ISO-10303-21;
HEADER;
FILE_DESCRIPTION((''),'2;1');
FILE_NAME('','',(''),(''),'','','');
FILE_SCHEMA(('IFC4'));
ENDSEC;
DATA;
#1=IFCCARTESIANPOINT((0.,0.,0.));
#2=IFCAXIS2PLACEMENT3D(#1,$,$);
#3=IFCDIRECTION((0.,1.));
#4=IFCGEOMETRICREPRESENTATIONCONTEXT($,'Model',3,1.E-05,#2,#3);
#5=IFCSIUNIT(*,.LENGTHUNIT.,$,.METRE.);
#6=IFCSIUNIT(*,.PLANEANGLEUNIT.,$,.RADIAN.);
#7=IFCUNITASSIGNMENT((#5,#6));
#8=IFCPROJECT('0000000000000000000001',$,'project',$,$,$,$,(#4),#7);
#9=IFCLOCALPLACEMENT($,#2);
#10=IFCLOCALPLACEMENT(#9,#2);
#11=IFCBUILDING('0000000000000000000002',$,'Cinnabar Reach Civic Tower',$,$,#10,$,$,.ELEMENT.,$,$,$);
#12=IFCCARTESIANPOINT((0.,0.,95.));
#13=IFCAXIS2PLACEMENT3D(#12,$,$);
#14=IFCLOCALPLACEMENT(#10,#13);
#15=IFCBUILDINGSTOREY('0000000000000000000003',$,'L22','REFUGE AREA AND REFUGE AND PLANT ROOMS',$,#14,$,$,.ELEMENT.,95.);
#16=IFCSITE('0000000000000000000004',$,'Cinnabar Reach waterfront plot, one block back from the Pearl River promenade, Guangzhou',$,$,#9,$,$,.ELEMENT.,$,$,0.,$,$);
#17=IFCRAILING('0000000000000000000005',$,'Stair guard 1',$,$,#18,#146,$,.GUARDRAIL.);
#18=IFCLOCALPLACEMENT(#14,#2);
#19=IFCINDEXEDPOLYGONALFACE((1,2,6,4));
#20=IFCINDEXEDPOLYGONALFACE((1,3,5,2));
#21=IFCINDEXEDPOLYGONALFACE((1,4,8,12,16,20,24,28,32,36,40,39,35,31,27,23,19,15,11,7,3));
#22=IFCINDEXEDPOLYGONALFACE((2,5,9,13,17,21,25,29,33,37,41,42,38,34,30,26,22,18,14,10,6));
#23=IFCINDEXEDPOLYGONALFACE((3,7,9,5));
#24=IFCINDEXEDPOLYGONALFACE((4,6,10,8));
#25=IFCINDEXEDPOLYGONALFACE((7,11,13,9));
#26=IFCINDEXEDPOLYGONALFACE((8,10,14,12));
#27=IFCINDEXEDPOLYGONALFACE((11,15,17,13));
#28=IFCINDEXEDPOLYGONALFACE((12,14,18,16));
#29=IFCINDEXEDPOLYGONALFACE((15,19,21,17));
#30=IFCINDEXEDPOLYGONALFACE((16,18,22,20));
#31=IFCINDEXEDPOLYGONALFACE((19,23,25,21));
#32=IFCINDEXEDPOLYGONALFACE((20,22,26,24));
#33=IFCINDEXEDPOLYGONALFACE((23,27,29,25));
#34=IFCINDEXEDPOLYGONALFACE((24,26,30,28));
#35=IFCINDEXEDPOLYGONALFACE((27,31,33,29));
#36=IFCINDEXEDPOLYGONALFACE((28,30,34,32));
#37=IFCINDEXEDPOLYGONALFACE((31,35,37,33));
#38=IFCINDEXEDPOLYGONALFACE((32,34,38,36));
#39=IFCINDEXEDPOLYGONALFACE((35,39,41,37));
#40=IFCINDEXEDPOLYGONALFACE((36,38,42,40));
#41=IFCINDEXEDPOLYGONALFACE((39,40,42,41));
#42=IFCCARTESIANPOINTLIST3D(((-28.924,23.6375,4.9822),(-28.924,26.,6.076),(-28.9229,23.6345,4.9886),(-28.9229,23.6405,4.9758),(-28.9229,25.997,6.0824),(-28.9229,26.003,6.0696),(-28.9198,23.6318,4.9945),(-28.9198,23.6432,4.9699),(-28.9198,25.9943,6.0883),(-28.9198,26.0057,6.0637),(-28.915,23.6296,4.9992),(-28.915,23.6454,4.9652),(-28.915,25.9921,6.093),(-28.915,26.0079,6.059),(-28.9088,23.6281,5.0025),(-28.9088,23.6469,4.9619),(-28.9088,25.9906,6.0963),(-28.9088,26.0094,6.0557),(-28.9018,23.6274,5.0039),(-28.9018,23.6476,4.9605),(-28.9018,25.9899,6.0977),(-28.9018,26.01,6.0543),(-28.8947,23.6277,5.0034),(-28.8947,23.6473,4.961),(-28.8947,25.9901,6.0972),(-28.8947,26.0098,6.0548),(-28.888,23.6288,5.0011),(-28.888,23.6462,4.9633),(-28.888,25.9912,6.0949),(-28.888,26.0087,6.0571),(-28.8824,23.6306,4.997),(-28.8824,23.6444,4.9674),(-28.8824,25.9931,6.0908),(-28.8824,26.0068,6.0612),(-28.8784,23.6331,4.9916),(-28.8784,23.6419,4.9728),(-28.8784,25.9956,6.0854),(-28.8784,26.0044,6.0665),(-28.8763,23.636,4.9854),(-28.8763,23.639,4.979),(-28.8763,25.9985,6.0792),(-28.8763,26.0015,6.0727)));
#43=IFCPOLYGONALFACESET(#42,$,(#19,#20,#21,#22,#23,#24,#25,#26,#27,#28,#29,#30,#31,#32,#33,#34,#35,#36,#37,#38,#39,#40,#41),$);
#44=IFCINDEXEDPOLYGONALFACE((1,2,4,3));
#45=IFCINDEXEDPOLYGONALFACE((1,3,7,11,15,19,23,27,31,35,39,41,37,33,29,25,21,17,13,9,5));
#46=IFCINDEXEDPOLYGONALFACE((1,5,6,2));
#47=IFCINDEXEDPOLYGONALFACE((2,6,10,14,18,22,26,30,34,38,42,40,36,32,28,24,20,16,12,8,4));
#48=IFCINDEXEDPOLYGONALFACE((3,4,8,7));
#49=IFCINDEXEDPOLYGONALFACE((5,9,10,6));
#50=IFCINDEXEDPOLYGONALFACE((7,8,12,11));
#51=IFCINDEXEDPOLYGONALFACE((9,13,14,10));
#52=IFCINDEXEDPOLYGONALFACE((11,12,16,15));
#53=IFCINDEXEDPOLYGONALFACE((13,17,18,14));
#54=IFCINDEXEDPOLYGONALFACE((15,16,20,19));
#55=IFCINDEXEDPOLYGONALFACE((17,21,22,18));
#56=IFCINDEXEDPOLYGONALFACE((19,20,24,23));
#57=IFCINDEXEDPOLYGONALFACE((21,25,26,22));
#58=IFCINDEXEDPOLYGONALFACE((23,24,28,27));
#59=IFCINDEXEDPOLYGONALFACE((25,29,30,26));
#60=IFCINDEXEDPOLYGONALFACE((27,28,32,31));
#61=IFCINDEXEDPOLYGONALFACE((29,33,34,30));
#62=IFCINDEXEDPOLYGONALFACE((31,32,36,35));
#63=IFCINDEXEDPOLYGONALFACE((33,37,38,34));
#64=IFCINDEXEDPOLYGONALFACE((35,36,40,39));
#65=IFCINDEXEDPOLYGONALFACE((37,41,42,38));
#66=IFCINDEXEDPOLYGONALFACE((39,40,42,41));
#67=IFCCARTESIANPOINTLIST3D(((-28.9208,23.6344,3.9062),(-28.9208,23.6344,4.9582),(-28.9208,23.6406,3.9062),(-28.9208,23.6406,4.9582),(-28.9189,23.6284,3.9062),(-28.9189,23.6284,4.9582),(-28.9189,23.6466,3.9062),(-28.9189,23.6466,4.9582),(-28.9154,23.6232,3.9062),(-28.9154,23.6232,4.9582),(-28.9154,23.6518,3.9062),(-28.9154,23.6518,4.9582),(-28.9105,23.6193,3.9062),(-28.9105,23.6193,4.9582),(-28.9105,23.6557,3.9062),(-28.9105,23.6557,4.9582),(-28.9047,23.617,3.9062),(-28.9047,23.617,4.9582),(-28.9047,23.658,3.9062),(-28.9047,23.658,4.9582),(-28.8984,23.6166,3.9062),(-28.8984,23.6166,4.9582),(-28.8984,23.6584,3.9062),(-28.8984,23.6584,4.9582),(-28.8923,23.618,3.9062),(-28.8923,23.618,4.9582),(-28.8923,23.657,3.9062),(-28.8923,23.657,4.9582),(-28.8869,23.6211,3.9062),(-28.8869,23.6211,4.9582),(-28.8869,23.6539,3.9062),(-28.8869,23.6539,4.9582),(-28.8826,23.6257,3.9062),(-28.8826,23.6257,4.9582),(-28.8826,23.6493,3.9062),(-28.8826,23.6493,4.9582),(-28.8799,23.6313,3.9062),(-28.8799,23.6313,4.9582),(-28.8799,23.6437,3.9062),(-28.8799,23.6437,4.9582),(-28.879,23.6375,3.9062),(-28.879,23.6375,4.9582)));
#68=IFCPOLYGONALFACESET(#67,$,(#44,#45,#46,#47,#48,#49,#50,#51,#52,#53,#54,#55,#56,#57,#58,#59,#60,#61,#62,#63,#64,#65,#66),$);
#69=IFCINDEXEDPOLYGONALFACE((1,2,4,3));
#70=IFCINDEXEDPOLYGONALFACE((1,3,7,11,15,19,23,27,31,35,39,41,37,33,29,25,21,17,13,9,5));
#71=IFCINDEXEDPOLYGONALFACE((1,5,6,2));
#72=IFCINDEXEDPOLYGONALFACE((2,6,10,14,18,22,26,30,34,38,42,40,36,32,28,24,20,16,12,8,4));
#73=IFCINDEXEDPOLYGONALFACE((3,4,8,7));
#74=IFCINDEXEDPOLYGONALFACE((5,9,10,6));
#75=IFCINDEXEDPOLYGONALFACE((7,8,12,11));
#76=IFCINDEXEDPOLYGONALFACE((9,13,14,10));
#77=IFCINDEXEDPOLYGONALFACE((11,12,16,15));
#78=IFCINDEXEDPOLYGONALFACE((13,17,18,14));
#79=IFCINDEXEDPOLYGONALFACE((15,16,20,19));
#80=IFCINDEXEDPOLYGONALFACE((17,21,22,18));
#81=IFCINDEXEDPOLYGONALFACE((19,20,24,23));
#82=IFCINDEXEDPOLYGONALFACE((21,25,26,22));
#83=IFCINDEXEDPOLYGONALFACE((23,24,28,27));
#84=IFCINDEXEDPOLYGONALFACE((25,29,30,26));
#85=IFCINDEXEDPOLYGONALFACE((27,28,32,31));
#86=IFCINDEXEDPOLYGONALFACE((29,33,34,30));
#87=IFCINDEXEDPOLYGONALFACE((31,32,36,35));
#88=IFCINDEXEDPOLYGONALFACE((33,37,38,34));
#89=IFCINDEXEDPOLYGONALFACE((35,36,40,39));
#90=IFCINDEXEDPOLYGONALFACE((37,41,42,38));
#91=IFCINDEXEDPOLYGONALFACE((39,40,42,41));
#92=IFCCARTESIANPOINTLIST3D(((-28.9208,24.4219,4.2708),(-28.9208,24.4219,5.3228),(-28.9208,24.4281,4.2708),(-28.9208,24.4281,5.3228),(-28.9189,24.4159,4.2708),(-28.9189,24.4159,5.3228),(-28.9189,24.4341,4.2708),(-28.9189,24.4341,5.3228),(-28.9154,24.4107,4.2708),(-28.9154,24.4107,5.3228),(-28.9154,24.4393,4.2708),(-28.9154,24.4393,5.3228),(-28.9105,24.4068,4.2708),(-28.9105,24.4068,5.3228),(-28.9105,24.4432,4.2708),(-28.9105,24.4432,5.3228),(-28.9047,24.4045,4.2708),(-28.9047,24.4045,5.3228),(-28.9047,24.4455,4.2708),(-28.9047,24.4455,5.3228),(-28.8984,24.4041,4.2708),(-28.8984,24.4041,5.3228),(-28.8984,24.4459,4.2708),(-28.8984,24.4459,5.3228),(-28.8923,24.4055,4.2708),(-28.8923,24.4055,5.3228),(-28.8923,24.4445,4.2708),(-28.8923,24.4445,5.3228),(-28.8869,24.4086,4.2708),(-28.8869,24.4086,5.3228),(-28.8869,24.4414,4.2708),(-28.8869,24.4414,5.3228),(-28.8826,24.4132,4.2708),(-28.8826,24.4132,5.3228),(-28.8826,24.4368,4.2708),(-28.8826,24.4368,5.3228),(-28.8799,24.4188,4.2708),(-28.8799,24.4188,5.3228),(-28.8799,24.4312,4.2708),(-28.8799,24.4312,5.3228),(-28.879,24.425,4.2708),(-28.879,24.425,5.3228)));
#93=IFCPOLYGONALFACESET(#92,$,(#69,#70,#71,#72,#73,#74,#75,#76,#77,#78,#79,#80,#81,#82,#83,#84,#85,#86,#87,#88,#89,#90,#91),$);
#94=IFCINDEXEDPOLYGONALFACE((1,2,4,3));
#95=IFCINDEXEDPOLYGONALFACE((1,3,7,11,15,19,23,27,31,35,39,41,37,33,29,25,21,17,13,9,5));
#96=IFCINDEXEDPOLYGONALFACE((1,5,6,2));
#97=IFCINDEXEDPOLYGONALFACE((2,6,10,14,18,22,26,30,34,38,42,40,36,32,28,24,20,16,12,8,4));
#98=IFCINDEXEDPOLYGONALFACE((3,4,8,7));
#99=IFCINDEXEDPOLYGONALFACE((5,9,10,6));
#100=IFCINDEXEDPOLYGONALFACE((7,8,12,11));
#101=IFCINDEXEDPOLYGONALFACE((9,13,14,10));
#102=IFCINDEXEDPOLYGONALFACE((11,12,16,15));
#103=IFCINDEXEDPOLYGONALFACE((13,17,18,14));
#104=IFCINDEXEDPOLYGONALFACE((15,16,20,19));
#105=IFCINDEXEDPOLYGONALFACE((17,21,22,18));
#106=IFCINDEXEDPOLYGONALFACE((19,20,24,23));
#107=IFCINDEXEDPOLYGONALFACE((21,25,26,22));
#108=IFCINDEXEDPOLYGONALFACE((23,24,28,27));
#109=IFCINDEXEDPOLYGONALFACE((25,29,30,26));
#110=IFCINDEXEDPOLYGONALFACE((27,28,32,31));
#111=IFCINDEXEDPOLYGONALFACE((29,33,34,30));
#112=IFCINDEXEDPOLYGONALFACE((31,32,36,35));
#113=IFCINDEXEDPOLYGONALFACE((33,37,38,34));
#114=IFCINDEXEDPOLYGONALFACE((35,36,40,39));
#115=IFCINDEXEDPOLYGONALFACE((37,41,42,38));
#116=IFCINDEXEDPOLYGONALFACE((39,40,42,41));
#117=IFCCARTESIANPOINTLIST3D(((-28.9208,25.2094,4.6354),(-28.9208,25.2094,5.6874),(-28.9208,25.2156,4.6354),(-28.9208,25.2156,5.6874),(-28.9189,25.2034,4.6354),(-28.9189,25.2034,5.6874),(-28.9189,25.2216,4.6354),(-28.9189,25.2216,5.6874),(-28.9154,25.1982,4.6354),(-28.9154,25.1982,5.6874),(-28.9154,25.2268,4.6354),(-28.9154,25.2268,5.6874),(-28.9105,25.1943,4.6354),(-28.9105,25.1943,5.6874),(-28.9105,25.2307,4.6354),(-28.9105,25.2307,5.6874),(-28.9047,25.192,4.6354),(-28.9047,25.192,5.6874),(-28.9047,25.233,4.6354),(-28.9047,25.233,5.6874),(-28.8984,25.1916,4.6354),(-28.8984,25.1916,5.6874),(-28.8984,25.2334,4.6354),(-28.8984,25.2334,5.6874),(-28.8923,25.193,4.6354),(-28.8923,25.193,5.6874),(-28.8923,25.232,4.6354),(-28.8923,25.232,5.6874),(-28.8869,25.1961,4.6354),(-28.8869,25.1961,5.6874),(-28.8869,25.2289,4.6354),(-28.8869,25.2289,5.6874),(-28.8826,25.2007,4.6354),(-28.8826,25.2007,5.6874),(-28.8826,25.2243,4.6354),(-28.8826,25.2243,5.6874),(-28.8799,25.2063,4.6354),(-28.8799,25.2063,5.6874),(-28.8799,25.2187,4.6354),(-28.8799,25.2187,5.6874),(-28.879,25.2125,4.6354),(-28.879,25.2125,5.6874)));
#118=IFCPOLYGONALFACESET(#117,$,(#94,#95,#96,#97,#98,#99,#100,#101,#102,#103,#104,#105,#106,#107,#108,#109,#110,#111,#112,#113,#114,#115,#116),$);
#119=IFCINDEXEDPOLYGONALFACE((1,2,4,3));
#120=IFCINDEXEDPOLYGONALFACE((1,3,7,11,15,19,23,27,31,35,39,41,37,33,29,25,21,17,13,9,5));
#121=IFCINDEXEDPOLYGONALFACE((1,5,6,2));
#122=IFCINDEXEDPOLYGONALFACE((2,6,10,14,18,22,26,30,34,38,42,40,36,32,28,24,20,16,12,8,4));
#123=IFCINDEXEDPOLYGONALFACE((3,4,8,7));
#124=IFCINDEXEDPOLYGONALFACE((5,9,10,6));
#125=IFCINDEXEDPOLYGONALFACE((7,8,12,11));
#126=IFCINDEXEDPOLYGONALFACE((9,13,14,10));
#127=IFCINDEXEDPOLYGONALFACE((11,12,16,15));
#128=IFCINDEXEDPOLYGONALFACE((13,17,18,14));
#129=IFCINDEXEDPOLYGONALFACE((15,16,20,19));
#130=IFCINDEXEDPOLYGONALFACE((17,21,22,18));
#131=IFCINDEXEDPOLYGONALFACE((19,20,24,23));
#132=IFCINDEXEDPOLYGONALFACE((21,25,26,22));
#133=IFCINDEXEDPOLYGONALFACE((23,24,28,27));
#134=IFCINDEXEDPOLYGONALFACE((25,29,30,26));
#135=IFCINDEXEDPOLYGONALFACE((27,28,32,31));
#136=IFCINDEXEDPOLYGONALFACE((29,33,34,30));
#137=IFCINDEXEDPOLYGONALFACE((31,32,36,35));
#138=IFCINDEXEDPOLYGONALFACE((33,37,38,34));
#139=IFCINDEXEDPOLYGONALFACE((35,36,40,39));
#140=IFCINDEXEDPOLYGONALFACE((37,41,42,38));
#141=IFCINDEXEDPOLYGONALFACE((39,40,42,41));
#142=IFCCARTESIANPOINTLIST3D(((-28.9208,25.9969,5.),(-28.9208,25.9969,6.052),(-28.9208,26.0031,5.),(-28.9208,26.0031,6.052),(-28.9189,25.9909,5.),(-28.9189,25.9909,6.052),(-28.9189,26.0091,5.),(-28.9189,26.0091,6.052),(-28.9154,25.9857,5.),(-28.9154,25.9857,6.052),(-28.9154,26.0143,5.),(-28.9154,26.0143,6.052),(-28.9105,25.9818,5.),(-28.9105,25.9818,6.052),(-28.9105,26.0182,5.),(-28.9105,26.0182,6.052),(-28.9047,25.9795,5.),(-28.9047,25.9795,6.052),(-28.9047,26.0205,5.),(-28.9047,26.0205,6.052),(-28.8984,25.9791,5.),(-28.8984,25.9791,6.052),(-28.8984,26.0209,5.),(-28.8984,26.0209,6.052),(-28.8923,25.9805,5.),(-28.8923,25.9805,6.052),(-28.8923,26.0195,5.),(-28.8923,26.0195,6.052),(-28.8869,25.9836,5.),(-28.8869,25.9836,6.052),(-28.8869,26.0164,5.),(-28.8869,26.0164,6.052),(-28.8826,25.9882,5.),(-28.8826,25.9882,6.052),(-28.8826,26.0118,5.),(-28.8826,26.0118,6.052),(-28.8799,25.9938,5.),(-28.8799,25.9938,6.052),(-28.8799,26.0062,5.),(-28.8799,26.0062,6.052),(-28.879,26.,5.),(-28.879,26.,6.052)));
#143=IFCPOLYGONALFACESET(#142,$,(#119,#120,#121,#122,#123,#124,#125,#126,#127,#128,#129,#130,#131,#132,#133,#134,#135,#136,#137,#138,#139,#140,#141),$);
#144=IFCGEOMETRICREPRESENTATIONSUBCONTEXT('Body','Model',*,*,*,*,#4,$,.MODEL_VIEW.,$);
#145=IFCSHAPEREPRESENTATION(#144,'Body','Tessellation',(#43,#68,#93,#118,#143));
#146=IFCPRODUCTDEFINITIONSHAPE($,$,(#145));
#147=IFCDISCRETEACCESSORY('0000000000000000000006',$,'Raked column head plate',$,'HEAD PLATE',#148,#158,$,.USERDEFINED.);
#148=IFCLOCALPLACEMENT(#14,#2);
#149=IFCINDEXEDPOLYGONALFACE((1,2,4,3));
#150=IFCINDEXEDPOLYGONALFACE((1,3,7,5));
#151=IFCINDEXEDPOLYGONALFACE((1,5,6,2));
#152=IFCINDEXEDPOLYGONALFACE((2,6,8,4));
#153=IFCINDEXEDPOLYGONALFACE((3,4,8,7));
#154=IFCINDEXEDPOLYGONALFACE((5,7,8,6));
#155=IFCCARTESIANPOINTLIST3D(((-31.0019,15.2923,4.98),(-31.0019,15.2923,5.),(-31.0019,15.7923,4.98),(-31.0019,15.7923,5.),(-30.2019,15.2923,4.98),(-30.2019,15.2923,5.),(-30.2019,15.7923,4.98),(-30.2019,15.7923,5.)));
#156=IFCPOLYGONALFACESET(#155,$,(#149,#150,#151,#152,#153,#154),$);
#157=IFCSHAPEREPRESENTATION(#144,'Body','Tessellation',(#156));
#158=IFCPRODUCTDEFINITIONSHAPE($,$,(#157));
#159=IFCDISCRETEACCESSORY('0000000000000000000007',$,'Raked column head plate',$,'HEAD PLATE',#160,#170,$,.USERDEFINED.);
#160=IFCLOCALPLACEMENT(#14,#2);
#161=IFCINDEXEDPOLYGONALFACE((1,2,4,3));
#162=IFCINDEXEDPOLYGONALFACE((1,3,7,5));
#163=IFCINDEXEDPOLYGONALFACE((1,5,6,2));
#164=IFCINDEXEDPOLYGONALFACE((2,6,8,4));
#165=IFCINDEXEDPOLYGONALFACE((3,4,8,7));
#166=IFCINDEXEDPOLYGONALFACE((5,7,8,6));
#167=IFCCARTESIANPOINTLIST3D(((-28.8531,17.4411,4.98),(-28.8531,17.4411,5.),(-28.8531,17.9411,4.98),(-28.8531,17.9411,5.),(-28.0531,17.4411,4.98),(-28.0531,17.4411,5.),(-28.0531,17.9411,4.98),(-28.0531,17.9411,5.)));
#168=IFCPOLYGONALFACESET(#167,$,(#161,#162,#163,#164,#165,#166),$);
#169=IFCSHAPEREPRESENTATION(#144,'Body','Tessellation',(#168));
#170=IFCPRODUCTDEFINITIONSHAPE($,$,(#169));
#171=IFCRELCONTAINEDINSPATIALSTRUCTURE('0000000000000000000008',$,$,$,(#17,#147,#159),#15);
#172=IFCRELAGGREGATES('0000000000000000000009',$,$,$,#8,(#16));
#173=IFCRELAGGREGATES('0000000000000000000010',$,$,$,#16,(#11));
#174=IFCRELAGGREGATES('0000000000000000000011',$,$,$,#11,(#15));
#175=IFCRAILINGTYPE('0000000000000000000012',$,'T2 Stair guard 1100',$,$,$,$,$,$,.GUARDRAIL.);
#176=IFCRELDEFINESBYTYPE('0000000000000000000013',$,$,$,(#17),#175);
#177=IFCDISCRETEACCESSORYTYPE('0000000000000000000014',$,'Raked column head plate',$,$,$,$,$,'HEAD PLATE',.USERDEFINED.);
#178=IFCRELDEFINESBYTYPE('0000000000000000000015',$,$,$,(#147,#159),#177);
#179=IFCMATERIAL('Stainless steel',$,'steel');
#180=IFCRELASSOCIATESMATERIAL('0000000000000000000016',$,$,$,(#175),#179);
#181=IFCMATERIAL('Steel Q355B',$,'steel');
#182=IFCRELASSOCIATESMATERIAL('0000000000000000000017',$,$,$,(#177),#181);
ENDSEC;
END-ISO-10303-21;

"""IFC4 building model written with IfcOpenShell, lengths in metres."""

from ifc_helpers import new_model, si_unit, direction, frame, origin, origin_2d, place, context, subcontext, project, spatial, rectangle, circle, extrude, material, type_object, element, save


model = new_model("IFC4")

# Units and contexts
model_context = context("Model", 3, precision=1e-05, world=origin(), true_north=direction((0.0, 1.0)))
body_context = subcontext(model_context, "Body", "Model", "MODEL_VIEW")
ifc_project = project(units=[si_unit("LENGTHUNIT", "METRE"), si_unit("PLANEANGLEUNIT", "RADIAN")], contexts=[model_context])

# Site, building, storey
site_placement = place(None, origin())
site = spatial("IfcSite", under=ifc_project, at=site_placement, Name="Cinnabar Reach waterfront plot, one block back from the Pearl River promenade, Guangzhou", CompositionType="ELEMENT", RefElevation=0.0)
building_placement = place(site_placement, origin())
building = spatial("IfcBuilding", under=site, at=building_placement, Name="Cinnabar Reach Civic Tower", CompositionType="ELEMENT")
storey_placement = place(building_placement, frame((0.0, 0.0, 95.0)))
storey = spatial("IfcBuildingStorey", under=building, at=storey_placement, Name="L22", Description="REFUGE AREA AND REFUGE AND PLANT ROOMS", CompositionType="ELEMENT", Elevation=95.0)

# Shared definitions
ifc_material_1 = material(Name="Steel Q355B", Category="steel")

# Railing
ifc_material_2 = material(Name="Stainless steel", Category="steel")
railing_type = type_object("IfcRailingType", Name="T2 Stair guard 1100", PredefinedType="GUARDRAIL", material=ifc_material_2)
railing_1_placement = place(storey_placement, frame((-28.9, 23.6375, 3.9062)))
element("IfcRailing", 1, at=railing_1_placement, inside=storey, type_object=railing_type, Name="Stair guard 1", PredefinedType="GUARDRAIL", context=body_context, shape_type="SweptSolid", body=[
    extrude(circle(Radius=0.024, at=origin_2d()), frame((0.0, 0.0, 1.076), z_axis=(0.0, 0.90746, 0.420139), x_axis=(-1.0, 0.0, 0.0)), (0.0, 0.0, 1.0), 2.6034),
    extrude(circle(Radius=0.021, at=origin_2d()), origin(), (0.0, 0.0, 1.0), 1.052),
    extrude(circle(Radius=0.021, at=origin_2d()), frame((0.0, 0.7875, 0.3646)), (0.0, 0.0, 1.0), 1.052),
    extrude(circle(Radius=0.021, at=origin_2d()), frame((0.0, 1.575, 0.7292)), (0.0, 0.0, 1.0), 1.052),
    extrude(circle(Radius=0.021, at=origin_2d()), frame((0.0, 2.3625, 1.0938)), (0.0, 0.0, 1.0), 1.052),
])

# Discrete accessories
discrete_accessory_type = type_object("IfcDiscreteAccessoryType", Name="Raked column head plate", ElementType="HEAD PLATE", PredefinedType="USERDEFINED", material=ifc_material_1)
for number, where, z_axis, x_axis, name in (
    (2, (-30.6019, 15.5423, 4.98), (0.0, 0.0, 1.0), (0.0, 1.0, 0.0), "Raked column head plate"),
    (3, (-28.4531, 17.6911, 4.98), (0.0, 0.0, 1.0), (0.0, 1.0, 0.0), "Raked column head plate"),
):
    element("IfcDiscreteAccessory", number, at=place(storey_placement, frame(where, z_axis=z_axis, x_axis=x_axis)), inside=storey, type_object=discrete_accessory_type, Name=name, ObjectType="HEAD PLATE", PredefinedType="USERDEFINED", context=body_context, shape_type="SweptSolid", body=[
        extrude(rectangle(XDim=0.5, YDim=0.8, at=origin_2d()), origin(), (0.0, 0.0, 1.0), 0.02),
    ])

save(model, "model.ifc")
